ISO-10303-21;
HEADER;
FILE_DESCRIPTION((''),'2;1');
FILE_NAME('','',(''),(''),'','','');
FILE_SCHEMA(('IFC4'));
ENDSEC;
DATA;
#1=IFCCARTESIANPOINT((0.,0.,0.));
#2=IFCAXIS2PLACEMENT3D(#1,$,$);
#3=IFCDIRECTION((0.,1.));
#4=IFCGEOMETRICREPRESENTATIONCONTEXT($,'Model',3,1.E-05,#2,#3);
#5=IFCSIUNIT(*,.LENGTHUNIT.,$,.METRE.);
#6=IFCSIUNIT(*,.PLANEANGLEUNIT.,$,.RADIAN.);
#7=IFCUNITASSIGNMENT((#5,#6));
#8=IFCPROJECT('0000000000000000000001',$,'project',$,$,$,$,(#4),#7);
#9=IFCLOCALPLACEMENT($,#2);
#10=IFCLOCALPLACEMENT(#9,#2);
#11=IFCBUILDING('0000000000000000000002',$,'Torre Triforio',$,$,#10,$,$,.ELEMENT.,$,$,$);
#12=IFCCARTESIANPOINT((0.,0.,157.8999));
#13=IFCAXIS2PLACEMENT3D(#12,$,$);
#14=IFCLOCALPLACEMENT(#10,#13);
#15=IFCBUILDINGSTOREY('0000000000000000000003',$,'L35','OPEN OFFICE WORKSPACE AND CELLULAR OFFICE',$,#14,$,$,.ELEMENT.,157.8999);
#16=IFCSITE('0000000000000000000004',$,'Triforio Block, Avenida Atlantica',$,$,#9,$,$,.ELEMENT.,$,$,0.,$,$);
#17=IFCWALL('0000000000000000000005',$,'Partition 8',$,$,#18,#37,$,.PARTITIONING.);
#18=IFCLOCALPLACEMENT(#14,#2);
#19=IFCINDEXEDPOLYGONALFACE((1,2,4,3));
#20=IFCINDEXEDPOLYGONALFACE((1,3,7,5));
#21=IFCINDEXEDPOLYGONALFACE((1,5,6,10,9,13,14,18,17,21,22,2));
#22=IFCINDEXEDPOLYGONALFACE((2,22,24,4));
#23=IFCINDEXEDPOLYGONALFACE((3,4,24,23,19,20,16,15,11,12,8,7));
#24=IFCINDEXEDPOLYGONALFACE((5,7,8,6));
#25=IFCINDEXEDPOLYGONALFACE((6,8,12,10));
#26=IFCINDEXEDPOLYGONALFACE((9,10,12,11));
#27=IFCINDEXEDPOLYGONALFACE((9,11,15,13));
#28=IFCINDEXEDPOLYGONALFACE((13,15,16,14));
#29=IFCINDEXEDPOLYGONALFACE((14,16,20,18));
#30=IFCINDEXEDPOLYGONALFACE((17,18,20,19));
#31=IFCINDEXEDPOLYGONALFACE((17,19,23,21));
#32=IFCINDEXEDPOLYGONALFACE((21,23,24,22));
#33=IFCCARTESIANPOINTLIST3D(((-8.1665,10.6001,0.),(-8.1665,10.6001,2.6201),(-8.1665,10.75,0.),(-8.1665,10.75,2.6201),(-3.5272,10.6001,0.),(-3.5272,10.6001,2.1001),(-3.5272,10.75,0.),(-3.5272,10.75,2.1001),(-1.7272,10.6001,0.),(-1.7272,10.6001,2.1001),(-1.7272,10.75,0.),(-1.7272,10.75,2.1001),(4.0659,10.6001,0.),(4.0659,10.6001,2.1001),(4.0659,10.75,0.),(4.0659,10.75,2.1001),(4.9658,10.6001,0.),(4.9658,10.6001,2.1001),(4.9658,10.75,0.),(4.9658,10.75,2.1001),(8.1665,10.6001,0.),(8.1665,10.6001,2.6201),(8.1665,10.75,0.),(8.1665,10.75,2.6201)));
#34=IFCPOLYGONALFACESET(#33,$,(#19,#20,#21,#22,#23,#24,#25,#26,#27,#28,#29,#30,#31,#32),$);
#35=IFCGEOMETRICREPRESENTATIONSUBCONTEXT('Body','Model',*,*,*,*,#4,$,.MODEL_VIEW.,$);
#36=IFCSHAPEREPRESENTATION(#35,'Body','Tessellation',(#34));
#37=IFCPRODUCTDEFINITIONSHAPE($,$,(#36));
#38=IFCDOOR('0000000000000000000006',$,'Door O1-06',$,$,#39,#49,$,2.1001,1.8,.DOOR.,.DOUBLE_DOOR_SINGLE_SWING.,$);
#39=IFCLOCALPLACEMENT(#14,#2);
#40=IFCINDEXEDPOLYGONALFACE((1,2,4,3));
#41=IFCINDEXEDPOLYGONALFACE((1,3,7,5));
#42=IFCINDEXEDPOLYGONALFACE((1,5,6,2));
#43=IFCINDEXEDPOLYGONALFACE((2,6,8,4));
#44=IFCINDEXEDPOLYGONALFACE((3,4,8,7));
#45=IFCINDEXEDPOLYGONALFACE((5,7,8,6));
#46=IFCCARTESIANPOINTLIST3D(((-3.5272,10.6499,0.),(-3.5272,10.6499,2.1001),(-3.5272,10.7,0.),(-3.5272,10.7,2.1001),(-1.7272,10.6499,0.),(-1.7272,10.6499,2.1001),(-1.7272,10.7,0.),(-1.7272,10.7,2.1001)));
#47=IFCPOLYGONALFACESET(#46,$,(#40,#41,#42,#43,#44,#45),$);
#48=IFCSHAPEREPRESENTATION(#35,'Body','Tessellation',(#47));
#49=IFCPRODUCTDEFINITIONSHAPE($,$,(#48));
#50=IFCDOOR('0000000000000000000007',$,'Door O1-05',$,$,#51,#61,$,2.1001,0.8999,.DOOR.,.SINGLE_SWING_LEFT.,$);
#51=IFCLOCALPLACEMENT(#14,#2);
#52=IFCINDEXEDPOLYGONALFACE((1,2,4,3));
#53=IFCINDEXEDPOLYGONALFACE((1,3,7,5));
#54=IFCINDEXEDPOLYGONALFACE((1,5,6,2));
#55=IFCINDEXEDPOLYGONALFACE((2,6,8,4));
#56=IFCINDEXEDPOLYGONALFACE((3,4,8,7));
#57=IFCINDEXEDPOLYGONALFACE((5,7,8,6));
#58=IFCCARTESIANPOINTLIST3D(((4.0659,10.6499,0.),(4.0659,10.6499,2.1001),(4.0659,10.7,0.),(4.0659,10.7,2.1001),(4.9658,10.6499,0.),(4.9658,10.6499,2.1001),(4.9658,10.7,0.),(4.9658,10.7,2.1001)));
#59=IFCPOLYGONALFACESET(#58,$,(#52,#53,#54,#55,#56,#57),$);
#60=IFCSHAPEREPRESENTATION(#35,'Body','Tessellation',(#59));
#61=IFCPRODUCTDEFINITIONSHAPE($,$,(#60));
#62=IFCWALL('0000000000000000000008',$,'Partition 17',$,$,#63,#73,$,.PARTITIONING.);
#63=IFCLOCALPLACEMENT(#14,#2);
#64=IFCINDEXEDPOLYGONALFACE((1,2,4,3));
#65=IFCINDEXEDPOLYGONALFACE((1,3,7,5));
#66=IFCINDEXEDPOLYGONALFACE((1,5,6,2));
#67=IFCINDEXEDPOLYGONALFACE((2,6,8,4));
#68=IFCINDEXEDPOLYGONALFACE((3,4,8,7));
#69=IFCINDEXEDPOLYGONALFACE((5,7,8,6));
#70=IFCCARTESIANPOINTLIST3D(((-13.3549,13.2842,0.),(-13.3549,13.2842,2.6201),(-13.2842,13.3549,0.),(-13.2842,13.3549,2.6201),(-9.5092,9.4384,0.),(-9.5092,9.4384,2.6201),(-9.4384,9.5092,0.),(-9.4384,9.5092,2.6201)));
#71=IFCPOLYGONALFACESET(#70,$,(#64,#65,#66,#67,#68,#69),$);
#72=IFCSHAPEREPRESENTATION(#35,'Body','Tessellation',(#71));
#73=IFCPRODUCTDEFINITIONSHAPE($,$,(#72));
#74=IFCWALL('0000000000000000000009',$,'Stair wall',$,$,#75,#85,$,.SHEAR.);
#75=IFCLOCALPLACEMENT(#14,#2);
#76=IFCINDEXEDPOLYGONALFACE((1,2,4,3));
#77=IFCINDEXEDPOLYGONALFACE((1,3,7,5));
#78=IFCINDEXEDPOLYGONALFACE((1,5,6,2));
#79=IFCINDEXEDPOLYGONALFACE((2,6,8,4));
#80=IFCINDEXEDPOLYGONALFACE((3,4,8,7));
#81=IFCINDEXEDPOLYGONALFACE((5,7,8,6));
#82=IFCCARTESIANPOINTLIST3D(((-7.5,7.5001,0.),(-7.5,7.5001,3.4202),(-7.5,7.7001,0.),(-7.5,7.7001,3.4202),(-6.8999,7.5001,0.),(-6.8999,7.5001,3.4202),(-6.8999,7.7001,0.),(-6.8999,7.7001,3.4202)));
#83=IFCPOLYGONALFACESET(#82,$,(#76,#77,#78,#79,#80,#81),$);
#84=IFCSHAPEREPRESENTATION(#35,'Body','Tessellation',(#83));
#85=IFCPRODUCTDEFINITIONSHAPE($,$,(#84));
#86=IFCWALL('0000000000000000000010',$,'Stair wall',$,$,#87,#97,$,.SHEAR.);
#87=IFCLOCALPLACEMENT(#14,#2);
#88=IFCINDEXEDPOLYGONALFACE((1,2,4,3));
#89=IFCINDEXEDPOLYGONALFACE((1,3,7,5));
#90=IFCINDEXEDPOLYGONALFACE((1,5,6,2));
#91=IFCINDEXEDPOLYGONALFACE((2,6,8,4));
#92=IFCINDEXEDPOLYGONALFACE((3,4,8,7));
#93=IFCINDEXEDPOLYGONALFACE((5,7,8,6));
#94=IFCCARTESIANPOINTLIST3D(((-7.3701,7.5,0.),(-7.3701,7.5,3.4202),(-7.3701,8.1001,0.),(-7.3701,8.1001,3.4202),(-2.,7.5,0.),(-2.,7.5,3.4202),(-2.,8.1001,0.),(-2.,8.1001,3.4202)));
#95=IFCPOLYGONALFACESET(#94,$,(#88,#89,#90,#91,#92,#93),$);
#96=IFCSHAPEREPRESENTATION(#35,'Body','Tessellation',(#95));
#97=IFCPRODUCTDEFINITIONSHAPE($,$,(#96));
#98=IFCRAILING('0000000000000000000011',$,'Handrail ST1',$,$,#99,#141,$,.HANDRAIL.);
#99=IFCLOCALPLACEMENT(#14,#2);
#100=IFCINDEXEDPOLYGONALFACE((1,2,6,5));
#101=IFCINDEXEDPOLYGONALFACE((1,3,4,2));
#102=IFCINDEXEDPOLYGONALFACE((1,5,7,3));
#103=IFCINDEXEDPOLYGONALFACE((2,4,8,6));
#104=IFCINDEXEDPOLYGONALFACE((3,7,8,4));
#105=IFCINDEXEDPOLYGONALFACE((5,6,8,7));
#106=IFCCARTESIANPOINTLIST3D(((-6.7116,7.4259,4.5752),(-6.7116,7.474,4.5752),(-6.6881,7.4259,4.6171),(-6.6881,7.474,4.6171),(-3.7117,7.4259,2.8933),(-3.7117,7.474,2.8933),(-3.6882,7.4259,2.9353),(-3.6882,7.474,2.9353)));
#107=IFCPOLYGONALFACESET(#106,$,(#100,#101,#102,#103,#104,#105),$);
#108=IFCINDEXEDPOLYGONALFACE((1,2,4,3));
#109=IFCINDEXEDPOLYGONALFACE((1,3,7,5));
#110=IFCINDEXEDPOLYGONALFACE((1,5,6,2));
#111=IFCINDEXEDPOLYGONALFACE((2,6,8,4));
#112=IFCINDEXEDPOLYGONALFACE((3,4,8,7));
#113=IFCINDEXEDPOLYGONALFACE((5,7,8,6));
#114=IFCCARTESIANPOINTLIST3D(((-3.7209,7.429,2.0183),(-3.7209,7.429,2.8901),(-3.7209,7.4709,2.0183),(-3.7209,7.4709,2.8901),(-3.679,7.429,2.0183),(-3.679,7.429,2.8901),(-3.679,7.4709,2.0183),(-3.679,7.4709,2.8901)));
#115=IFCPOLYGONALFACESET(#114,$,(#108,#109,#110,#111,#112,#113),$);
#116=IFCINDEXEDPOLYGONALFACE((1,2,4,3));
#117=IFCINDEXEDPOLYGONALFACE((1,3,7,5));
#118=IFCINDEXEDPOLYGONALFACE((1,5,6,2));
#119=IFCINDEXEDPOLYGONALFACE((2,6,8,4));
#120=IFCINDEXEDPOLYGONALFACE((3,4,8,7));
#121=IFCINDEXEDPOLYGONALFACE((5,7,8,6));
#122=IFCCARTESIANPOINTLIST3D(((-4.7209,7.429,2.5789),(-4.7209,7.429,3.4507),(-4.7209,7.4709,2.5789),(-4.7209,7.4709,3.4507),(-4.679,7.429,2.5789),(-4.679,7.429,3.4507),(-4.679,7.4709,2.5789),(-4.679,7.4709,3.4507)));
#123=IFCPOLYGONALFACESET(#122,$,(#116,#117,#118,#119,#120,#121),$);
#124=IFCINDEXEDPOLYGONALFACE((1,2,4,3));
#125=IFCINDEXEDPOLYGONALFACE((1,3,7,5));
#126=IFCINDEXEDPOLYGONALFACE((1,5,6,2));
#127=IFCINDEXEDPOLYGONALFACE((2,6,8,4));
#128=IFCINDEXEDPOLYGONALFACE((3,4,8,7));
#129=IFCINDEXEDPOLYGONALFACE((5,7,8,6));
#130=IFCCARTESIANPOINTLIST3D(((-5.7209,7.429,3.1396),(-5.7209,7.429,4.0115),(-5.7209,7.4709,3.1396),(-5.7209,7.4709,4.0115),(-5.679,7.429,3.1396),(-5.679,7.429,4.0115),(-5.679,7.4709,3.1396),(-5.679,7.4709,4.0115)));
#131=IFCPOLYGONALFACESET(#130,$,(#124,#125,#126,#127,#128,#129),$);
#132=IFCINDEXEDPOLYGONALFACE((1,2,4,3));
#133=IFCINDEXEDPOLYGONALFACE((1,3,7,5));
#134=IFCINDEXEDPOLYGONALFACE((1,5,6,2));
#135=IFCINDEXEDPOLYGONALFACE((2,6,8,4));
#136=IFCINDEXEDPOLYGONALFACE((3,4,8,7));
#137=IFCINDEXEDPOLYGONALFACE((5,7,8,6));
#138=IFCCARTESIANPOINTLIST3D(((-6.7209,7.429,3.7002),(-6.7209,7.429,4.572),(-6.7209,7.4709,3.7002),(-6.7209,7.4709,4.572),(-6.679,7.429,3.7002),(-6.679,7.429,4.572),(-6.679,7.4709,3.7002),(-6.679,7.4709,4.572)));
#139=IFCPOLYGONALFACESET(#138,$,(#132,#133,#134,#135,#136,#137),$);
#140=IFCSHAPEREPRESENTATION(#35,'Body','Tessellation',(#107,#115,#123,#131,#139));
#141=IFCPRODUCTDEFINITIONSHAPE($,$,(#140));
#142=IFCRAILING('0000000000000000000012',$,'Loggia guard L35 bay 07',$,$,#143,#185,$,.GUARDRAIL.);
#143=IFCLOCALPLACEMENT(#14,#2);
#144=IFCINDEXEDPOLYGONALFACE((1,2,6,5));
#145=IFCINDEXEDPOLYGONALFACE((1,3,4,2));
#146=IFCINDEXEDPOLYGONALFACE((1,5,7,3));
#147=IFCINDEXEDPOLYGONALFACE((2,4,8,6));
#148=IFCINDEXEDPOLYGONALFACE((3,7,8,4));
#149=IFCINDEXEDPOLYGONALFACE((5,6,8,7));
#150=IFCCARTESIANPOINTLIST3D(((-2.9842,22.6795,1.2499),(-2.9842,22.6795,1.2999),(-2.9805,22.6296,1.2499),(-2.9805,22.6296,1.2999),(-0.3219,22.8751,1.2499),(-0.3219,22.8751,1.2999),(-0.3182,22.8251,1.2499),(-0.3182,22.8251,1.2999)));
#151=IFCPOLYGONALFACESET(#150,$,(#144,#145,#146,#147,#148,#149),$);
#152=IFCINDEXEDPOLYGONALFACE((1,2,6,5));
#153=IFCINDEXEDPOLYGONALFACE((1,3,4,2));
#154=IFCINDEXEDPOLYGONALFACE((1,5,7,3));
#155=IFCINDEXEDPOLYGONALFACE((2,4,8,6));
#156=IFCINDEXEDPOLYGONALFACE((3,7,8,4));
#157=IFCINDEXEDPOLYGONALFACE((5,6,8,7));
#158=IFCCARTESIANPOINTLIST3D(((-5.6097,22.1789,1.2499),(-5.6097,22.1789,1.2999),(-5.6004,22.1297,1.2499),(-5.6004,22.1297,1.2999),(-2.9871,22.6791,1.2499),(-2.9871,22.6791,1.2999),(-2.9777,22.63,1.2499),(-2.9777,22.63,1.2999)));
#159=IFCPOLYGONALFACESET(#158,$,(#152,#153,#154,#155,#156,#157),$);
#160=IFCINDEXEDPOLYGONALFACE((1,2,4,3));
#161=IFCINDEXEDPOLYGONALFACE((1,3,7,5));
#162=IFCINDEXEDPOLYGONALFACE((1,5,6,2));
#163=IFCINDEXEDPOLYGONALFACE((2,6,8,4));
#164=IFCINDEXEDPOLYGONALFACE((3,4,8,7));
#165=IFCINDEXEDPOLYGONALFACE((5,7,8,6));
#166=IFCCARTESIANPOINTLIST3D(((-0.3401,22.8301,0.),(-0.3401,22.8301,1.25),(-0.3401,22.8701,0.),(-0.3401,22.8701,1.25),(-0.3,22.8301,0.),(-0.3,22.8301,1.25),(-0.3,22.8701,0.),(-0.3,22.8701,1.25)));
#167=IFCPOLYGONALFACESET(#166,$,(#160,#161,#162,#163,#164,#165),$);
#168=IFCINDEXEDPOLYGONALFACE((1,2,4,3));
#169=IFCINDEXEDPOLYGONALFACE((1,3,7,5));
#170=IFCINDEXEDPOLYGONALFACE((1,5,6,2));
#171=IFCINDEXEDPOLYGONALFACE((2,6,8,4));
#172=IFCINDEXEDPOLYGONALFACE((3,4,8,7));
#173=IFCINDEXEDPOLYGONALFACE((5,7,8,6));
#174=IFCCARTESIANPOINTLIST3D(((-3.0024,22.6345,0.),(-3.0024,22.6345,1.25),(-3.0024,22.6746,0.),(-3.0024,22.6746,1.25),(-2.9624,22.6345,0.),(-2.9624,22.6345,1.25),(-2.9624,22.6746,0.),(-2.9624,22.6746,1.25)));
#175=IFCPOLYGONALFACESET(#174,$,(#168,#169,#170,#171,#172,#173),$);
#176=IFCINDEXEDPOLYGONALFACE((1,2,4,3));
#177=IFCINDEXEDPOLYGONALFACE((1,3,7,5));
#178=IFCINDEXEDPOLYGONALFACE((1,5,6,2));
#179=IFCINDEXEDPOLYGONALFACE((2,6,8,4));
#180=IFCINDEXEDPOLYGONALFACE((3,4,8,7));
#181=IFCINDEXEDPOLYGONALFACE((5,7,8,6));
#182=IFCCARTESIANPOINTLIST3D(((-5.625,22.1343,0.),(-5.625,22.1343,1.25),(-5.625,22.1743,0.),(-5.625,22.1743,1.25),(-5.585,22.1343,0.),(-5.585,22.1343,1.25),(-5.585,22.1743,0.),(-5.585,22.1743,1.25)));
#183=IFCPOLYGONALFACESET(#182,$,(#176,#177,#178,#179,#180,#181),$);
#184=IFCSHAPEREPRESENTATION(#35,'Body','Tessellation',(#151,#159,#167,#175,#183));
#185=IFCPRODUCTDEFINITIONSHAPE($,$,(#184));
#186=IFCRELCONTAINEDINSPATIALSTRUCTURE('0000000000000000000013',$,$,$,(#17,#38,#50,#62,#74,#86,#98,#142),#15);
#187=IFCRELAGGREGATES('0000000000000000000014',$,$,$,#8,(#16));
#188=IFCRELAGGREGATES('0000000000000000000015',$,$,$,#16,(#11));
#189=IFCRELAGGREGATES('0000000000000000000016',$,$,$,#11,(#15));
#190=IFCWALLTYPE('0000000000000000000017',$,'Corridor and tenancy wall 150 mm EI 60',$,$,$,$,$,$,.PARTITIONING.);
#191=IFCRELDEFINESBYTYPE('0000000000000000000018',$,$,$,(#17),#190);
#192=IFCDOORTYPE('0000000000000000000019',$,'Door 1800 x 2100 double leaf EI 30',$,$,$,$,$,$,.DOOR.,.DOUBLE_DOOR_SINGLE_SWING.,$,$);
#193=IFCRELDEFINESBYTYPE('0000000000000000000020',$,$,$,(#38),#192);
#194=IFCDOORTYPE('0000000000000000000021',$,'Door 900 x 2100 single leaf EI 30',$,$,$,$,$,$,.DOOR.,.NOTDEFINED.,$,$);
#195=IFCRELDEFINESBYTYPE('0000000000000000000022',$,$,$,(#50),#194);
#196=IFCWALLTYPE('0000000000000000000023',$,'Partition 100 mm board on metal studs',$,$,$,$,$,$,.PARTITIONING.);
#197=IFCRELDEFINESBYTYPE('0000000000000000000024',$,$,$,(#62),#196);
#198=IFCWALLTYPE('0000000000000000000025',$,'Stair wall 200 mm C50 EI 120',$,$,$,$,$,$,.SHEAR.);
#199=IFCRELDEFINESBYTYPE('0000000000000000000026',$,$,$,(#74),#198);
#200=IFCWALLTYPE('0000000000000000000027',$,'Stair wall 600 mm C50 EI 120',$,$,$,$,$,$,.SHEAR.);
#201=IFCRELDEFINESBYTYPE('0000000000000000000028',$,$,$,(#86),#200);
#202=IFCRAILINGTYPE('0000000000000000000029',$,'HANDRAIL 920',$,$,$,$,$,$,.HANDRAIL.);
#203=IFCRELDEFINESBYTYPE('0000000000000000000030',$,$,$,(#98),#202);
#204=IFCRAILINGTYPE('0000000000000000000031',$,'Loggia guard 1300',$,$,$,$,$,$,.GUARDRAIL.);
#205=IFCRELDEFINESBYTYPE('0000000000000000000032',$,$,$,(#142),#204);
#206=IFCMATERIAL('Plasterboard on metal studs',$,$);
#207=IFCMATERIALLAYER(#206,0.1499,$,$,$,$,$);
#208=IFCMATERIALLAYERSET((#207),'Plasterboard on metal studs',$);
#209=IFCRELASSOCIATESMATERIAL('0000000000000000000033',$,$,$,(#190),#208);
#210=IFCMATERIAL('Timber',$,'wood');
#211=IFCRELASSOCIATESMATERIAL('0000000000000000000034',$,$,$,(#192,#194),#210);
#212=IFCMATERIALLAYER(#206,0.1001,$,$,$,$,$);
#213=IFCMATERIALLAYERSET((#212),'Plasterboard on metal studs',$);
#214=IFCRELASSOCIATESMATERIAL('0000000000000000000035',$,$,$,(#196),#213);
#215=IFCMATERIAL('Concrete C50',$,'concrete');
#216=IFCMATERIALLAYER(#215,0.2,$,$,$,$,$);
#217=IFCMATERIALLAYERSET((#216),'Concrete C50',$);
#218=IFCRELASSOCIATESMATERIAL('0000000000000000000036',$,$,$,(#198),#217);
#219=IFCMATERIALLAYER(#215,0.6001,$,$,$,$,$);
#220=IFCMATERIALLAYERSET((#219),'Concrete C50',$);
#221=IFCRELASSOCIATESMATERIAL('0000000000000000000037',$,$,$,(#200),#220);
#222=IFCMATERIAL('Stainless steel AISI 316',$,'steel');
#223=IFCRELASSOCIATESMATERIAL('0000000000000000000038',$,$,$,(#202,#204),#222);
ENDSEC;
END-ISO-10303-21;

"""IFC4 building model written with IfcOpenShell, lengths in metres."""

from ifc_helpers import new_model, si_unit, direction, frame, frame_2d, origin, origin_2d, place, context, subcontext, project, spatial, rectangle, extrude, material, layer, layer_set, type_object, element, fill, save


model = new_model("IFC4")

# Units and contexts
model_context = context("Model", 3, precision=1e-05, world=origin(), true_north=direction((0.0, 1.0)))
body_context = subcontext(model_context, "Body", "Model", "MODEL_VIEW")
ifc_project = project(units=[si_unit("LENGTHUNIT", "METRE"), si_unit("PLANEANGLEUNIT", "RADIAN")], contexts=[model_context])

# Site, building, storey
site_placement = place(None, origin())
site = spatial("IfcSite", under=ifc_project, at=site_placement, Name="Triforio Block, Avenida Atlantica", CompositionType="ELEMENT", RefElevation=0.0)
building_placement = place(site_placement, origin())
building = spatial("IfcBuilding", under=site, at=building_placement, Name="Torre Triforio", CompositionType="ELEMENT")
storey_placement = place(building_placement, frame((0.0, 0.0, 157.8999)))
storey = spatial("IfcBuildingStorey", under=building, at=storey_placement, Name="L35", Description="OPEN OFFICE WORKSPACE AND CELLULAR OFFICE", CompositionType="ELEMENT", Elevation=157.8999)

# Shared definitions
ifc_material_1 = material(Name="Concrete C50", Category="concrete")

# Wall, openings, doors
ifc_material_2 = material(Name="Plasterboard on metal studs")
ifc_layer_1 = layer(ifc_material_2, 0.1499)
ifc_layer_set_1 = layer_set([ifc_layer_1], Name="Plasterboard on metal studs")
wall_type_1 = type_object("IfcWallType", Name="Corridor and tenancy wall 150 mm EI 60", PredefinedType="PARTITIONING", material=ifc_layer_set_1)
wall_1_placement = place(storey_placement, frame((-8.1665, 10.675, 0.0), z_axis=(0.0, 0.0, 1.0), x_axis=(1.0, 0.0, 0.0)))
wall_1 = element("IfcWall", 1, at=wall_1_placement, inside=storey, type_object=wall_type_1, Name="Partition 8", PredefinedType="PARTITIONING", context=body_context, shape_type="SweptSolid", body=[
    extrude(rectangle(XDim=16.333, YDim=0.1499, at=frame_2d((8.1665, 0.0))), origin(), (0.0, 0.0, 1.0), 2.6201),
])
opening_1_placement = place(wall_1_placement, frame((12.2324, 0.0, 0.0)))
opening_1 = element("IfcOpeningElement", 2, at=opening_1_placement, cuts=wall_1, PredefinedType="OPENING", context=body_context, shape_type="SweptSolid", body=[
    extrude(rectangle(XDim=0.8999, YDim=2.1001, at=frame_2d((0.45, 1.05))), frame((0.0, 0.085, 0.0), z_axis=(0.0, -1.0, 0.0), x_axis=(1.0, 0.0, 0.0)), (0.0, 0.0, 1.0), 0.1699),
])
opening_2_placement = place(wall_1_placement, frame((4.6394, 0.0, 0.0)))
opening_2 = element("IfcOpeningElement", 3, at=opening_2_placement, cuts=wall_1, PredefinedType="OPENING", context=body_context, shape_type="SweptSolid", body=[
    extrude(rectangle(XDim=1.8, YDim=2.1001, at=frame_2d((0.8999, 1.05))), frame((0.0, 0.085, 0.0), z_axis=(0.0, -1.0, 0.0), x_axis=(1.0, 0.0, 0.0)), (0.0, 0.0, 1.0), 0.1699),
])
ifc_material_3 = material(Name="Timber", Category="wood")
door_type_1 = type_object("IfcDoorType", Name="Door 1800 x 2100 double leaf EI 30", OperationType="DOUBLE_DOOR_SINGLE_SWING", PredefinedType="DOOR", material=ifc_material_3)
door_1_placement = place(opening_2_placement, origin())
door_1 = element("IfcDoor", 4, at=door_1_placement, inside=storey, type_object=door_type_1, Name="Door O1-06", OperationType="DOUBLE_DOOR_SINGLE_SWING", OverallHeight=2.1001, OverallWidth=1.8, PredefinedType="DOOR", context=body_context, shape_type="SweptSolid", body=[
    extrude(rectangle(XDim=1.8, YDim=2.1001, at=frame_2d((0.8999, 1.05))), frame((0.0, 0.0249, 0.0), z_axis=(0.0, -1.0, 0.0), x_axis=(1.0, 0.0, 0.0)), (0.0, 0.0, 1.0), 0.05),
])
fill(opening_2, door_1)
door_type_2 = type_object("IfcDoorType", Name="Door 900 x 2100 single leaf EI 30", OperationType="NOTDEFINED", PredefinedType="DOOR", material=ifc_material_3)
door_2_placement = place(opening_1_placement, origin())
door_2 = element("IfcDoor", 5, at=door_2_placement, inside=storey, type_object=door_type_2, Name="Door O1-05", OperationType="SINGLE_SWING_LEFT", OverallHeight=2.1001, OverallWidth=0.8999, PredefinedType="DOOR", context=body_context, shape_type="SweptSolid", body=[
    extrude(rectangle(XDim=0.8999, YDim=2.1001, at=frame_2d((0.45, 1.05))), frame((0.0, 0.0249, 0.0), z_axis=(0.0, -1.0, 0.0), x_axis=(1.0, 0.0, 0.0)), (0.0, 0.0, 1.0), 0.05),
])
fill(opening_1, door_2)

# Walls
ifc_layer_2 = layer(ifc_material_2, 0.1001)
ifc_layer_set_2 = layer_set([ifc_layer_2], Name="Plasterboard on metal studs")
wall_type_2 = type_object("IfcWallType", Name="Partition 100 mm board on metal studs", PredefinedType="PARTITIONING", material=ifc_layer_set_2)
wall_2_placement = place(storey_placement, frame((-9.4739, 9.4739, 0.0), z_axis=(0.0, 0.0, 1.0), x_axis=(-0.707107, 0.707107, 0.0)))
element("IfcWall", 6, at=wall_2_placement, inside=storey, type_object=wall_type_2, Name="Partition 17", PredefinedType="PARTITIONING", context=body_context, shape_type="SweptSolid", body=[
    extrude(rectangle(XDim=5.4387, YDim=0.1001, at=frame_2d((2.7192, 0.0))), origin(), (0.0, 0.0, 1.0), 2.6201),
])
ifc_layer_3 = layer(ifc_material_1, 0.2)
ifc_layer_set_3 = layer_set([ifc_layer_3], Name="Concrete C50")
wall_type_3 = type_object("IfcWallType", Name="Stair wall 200 mm C50 EI 120", PredefinedType="SHEAR", material=ifc_layer_set_3)
wall_3_placement = place(storey_placement, frame((-7.5, 7.6001, 0.0), z_axis=(0.0, 0.0, 1.0), x_axis=(1.0, 0.0, 0.0)))
element("IfcWall", 7, at=wall_3_placement, inside=storey, type_object=wall_type_3, Name="Stair wall", PredefinedType="SHEAR", context=body_context, shape_type="SweptSolid", body=[
    extrude(rectangle(XDim=0.6001, YDim=0.2, at=frame_2d((0.3, 0.0))), origin(), (0.0, 0.0, 1.0), 3.4202),
])
ifc_layer_4 = layer(ifc_material_1, 0.6001)
ifc_layer_set_4 = layer_set([ifc_layer_4], Name="Concrete C50")
wall_type_4 = type_object("IfcWallType", Name="Stair wall 600 mm C50 EI 120", PredefinedType="SHEAR", material=ifc_layer_set_4)
wall_4_placement = place(storey_placement, frame((-7.3701, 7.8, 0.0), z_axis=(0.0, 0.0, 1.0), x_axis=(1.0, 0.0, 0.0)))
element("IfcWall", 8, at=wall_4_placement, inside=storey, type_object=wall_type_4, Name="Stair wall", PredefinedType="SHEAR", context=body_context, shape_type="SweptSolid", body=[
    extrude(rectangle(XDim=5.3701, YDim=0.6001, at=frame_2d((2.6851, 0.0))), origin(), (0.0, 0.0, 1.0), 3.4202),
])

# Railings
ifc_material_4 = material(Name="Stainless steel AISI 316", Category="steel")
railing_type_1 = type_object("IfcRailingType", Name="HANDRAIL 920", PredefinedType="HANDRAIL", material=ifc_material_4)
railing_1_placement = place(storey_placement, frame((-3.7, 7.45, 2.0183)))
element("IfcRailing", 9, at=railing_1_placement, inside=storey, type_object=railing_type_1, Name="Handrail ST1", PredefinedType="HANDRAIL", context=body_context, shape_type="SweptSolid", body=[
    extrude(rectangle(XDim=0.0481, YDim=0.0481, at=origin_2d()), frame((0.0, 0.0, 0.896), z_axis=(-0.872272, 0.0, 0.48902), x_axis=(0.0, -1.0, 0.0)), (0.0, 0.0, 1.0), 3.4392),
    extrude(rectangle(XDim=0.042, YDim=0.042, at=origin_2d()), origin(), (0.0, 0.0, 1.0), 0.8718),
    extrude(rectangle(XDim=0.042, YDim=0.042, at=origin_2d()), frame((-1.0, 0.0, 0.5605)), (0.0, 0.0, 1.0), 0.8718),
    extrude(rectangle(XDim=0.042, YDim=0.042, at=origin_2d()), frame((-2.0, 0.0, 1.1213)), (0.0, 0.0, 1.0), 0.8718),
    extrude(rectangle(XDim=0.042, YDim=0.042, at=origin_2d()), frame((-3.0, 0.0, 1.6819)), (0.0, 0.0, 1.0), 0.8718),
])
railing_type_2 = type_object("IfcRailingType", Name="Loggia guard 1300", PredefinedType="GUARDRAIL", material=ifc_material_4)
railing_2_placement = place(storey_placement, frame((-0.3201, 22.8501, 0.0)))
element("IfcRailing", 10, at=railing_2_placement, inside=storey, type_object=railing_type_2, Name="Loggia guard L35 bay 07", PredefinedType="GUARDRAIL", context=body_context, shape_type="SweptSolid", body=[
    extrude(rectangle(XDim=0.05, YDim=0.05, at=origin_2d()), frame((0.0, 0.0, 1.2749), z_axis=(-0.997313, -0.073255, 0.0), x_axis=(0.073255, -0.997313, 0.0)), (0.0, 0.0, 1.0), 2.6694),
    extrude(rectangle(XDim=0.05, YDim=0.05, at=origin_2d()), frame((-2.6624, -0.1956, 1.2749), z_axis=(-0.98229, -0.187368, 0.0), x_axis=(0.187368, -0.98229, 0.0)), (0.0, 0.0, 1.0), 2.6699),
    extrude(rectangle(XDim=0.04, YDim=0.04, at=origin_2d()), origin(), (0.0, 0.0, 1.0), 1.25),
    extrude(rectangle(XDim=0.04, YDim=0.04, at=origin_2d()), frame((-2.6624, -0.1956, 0.0)), (0.0, 0.0, 1.0), 1.25),
    extrude(rectangle(XDim=0.04, YDim=0.04, at=origin_2d()), frame((-5.2849, -0.6958, 0.0)), (0.0, 0.0, 1.0), 1.25),
])

save(model, "model.ifc")
